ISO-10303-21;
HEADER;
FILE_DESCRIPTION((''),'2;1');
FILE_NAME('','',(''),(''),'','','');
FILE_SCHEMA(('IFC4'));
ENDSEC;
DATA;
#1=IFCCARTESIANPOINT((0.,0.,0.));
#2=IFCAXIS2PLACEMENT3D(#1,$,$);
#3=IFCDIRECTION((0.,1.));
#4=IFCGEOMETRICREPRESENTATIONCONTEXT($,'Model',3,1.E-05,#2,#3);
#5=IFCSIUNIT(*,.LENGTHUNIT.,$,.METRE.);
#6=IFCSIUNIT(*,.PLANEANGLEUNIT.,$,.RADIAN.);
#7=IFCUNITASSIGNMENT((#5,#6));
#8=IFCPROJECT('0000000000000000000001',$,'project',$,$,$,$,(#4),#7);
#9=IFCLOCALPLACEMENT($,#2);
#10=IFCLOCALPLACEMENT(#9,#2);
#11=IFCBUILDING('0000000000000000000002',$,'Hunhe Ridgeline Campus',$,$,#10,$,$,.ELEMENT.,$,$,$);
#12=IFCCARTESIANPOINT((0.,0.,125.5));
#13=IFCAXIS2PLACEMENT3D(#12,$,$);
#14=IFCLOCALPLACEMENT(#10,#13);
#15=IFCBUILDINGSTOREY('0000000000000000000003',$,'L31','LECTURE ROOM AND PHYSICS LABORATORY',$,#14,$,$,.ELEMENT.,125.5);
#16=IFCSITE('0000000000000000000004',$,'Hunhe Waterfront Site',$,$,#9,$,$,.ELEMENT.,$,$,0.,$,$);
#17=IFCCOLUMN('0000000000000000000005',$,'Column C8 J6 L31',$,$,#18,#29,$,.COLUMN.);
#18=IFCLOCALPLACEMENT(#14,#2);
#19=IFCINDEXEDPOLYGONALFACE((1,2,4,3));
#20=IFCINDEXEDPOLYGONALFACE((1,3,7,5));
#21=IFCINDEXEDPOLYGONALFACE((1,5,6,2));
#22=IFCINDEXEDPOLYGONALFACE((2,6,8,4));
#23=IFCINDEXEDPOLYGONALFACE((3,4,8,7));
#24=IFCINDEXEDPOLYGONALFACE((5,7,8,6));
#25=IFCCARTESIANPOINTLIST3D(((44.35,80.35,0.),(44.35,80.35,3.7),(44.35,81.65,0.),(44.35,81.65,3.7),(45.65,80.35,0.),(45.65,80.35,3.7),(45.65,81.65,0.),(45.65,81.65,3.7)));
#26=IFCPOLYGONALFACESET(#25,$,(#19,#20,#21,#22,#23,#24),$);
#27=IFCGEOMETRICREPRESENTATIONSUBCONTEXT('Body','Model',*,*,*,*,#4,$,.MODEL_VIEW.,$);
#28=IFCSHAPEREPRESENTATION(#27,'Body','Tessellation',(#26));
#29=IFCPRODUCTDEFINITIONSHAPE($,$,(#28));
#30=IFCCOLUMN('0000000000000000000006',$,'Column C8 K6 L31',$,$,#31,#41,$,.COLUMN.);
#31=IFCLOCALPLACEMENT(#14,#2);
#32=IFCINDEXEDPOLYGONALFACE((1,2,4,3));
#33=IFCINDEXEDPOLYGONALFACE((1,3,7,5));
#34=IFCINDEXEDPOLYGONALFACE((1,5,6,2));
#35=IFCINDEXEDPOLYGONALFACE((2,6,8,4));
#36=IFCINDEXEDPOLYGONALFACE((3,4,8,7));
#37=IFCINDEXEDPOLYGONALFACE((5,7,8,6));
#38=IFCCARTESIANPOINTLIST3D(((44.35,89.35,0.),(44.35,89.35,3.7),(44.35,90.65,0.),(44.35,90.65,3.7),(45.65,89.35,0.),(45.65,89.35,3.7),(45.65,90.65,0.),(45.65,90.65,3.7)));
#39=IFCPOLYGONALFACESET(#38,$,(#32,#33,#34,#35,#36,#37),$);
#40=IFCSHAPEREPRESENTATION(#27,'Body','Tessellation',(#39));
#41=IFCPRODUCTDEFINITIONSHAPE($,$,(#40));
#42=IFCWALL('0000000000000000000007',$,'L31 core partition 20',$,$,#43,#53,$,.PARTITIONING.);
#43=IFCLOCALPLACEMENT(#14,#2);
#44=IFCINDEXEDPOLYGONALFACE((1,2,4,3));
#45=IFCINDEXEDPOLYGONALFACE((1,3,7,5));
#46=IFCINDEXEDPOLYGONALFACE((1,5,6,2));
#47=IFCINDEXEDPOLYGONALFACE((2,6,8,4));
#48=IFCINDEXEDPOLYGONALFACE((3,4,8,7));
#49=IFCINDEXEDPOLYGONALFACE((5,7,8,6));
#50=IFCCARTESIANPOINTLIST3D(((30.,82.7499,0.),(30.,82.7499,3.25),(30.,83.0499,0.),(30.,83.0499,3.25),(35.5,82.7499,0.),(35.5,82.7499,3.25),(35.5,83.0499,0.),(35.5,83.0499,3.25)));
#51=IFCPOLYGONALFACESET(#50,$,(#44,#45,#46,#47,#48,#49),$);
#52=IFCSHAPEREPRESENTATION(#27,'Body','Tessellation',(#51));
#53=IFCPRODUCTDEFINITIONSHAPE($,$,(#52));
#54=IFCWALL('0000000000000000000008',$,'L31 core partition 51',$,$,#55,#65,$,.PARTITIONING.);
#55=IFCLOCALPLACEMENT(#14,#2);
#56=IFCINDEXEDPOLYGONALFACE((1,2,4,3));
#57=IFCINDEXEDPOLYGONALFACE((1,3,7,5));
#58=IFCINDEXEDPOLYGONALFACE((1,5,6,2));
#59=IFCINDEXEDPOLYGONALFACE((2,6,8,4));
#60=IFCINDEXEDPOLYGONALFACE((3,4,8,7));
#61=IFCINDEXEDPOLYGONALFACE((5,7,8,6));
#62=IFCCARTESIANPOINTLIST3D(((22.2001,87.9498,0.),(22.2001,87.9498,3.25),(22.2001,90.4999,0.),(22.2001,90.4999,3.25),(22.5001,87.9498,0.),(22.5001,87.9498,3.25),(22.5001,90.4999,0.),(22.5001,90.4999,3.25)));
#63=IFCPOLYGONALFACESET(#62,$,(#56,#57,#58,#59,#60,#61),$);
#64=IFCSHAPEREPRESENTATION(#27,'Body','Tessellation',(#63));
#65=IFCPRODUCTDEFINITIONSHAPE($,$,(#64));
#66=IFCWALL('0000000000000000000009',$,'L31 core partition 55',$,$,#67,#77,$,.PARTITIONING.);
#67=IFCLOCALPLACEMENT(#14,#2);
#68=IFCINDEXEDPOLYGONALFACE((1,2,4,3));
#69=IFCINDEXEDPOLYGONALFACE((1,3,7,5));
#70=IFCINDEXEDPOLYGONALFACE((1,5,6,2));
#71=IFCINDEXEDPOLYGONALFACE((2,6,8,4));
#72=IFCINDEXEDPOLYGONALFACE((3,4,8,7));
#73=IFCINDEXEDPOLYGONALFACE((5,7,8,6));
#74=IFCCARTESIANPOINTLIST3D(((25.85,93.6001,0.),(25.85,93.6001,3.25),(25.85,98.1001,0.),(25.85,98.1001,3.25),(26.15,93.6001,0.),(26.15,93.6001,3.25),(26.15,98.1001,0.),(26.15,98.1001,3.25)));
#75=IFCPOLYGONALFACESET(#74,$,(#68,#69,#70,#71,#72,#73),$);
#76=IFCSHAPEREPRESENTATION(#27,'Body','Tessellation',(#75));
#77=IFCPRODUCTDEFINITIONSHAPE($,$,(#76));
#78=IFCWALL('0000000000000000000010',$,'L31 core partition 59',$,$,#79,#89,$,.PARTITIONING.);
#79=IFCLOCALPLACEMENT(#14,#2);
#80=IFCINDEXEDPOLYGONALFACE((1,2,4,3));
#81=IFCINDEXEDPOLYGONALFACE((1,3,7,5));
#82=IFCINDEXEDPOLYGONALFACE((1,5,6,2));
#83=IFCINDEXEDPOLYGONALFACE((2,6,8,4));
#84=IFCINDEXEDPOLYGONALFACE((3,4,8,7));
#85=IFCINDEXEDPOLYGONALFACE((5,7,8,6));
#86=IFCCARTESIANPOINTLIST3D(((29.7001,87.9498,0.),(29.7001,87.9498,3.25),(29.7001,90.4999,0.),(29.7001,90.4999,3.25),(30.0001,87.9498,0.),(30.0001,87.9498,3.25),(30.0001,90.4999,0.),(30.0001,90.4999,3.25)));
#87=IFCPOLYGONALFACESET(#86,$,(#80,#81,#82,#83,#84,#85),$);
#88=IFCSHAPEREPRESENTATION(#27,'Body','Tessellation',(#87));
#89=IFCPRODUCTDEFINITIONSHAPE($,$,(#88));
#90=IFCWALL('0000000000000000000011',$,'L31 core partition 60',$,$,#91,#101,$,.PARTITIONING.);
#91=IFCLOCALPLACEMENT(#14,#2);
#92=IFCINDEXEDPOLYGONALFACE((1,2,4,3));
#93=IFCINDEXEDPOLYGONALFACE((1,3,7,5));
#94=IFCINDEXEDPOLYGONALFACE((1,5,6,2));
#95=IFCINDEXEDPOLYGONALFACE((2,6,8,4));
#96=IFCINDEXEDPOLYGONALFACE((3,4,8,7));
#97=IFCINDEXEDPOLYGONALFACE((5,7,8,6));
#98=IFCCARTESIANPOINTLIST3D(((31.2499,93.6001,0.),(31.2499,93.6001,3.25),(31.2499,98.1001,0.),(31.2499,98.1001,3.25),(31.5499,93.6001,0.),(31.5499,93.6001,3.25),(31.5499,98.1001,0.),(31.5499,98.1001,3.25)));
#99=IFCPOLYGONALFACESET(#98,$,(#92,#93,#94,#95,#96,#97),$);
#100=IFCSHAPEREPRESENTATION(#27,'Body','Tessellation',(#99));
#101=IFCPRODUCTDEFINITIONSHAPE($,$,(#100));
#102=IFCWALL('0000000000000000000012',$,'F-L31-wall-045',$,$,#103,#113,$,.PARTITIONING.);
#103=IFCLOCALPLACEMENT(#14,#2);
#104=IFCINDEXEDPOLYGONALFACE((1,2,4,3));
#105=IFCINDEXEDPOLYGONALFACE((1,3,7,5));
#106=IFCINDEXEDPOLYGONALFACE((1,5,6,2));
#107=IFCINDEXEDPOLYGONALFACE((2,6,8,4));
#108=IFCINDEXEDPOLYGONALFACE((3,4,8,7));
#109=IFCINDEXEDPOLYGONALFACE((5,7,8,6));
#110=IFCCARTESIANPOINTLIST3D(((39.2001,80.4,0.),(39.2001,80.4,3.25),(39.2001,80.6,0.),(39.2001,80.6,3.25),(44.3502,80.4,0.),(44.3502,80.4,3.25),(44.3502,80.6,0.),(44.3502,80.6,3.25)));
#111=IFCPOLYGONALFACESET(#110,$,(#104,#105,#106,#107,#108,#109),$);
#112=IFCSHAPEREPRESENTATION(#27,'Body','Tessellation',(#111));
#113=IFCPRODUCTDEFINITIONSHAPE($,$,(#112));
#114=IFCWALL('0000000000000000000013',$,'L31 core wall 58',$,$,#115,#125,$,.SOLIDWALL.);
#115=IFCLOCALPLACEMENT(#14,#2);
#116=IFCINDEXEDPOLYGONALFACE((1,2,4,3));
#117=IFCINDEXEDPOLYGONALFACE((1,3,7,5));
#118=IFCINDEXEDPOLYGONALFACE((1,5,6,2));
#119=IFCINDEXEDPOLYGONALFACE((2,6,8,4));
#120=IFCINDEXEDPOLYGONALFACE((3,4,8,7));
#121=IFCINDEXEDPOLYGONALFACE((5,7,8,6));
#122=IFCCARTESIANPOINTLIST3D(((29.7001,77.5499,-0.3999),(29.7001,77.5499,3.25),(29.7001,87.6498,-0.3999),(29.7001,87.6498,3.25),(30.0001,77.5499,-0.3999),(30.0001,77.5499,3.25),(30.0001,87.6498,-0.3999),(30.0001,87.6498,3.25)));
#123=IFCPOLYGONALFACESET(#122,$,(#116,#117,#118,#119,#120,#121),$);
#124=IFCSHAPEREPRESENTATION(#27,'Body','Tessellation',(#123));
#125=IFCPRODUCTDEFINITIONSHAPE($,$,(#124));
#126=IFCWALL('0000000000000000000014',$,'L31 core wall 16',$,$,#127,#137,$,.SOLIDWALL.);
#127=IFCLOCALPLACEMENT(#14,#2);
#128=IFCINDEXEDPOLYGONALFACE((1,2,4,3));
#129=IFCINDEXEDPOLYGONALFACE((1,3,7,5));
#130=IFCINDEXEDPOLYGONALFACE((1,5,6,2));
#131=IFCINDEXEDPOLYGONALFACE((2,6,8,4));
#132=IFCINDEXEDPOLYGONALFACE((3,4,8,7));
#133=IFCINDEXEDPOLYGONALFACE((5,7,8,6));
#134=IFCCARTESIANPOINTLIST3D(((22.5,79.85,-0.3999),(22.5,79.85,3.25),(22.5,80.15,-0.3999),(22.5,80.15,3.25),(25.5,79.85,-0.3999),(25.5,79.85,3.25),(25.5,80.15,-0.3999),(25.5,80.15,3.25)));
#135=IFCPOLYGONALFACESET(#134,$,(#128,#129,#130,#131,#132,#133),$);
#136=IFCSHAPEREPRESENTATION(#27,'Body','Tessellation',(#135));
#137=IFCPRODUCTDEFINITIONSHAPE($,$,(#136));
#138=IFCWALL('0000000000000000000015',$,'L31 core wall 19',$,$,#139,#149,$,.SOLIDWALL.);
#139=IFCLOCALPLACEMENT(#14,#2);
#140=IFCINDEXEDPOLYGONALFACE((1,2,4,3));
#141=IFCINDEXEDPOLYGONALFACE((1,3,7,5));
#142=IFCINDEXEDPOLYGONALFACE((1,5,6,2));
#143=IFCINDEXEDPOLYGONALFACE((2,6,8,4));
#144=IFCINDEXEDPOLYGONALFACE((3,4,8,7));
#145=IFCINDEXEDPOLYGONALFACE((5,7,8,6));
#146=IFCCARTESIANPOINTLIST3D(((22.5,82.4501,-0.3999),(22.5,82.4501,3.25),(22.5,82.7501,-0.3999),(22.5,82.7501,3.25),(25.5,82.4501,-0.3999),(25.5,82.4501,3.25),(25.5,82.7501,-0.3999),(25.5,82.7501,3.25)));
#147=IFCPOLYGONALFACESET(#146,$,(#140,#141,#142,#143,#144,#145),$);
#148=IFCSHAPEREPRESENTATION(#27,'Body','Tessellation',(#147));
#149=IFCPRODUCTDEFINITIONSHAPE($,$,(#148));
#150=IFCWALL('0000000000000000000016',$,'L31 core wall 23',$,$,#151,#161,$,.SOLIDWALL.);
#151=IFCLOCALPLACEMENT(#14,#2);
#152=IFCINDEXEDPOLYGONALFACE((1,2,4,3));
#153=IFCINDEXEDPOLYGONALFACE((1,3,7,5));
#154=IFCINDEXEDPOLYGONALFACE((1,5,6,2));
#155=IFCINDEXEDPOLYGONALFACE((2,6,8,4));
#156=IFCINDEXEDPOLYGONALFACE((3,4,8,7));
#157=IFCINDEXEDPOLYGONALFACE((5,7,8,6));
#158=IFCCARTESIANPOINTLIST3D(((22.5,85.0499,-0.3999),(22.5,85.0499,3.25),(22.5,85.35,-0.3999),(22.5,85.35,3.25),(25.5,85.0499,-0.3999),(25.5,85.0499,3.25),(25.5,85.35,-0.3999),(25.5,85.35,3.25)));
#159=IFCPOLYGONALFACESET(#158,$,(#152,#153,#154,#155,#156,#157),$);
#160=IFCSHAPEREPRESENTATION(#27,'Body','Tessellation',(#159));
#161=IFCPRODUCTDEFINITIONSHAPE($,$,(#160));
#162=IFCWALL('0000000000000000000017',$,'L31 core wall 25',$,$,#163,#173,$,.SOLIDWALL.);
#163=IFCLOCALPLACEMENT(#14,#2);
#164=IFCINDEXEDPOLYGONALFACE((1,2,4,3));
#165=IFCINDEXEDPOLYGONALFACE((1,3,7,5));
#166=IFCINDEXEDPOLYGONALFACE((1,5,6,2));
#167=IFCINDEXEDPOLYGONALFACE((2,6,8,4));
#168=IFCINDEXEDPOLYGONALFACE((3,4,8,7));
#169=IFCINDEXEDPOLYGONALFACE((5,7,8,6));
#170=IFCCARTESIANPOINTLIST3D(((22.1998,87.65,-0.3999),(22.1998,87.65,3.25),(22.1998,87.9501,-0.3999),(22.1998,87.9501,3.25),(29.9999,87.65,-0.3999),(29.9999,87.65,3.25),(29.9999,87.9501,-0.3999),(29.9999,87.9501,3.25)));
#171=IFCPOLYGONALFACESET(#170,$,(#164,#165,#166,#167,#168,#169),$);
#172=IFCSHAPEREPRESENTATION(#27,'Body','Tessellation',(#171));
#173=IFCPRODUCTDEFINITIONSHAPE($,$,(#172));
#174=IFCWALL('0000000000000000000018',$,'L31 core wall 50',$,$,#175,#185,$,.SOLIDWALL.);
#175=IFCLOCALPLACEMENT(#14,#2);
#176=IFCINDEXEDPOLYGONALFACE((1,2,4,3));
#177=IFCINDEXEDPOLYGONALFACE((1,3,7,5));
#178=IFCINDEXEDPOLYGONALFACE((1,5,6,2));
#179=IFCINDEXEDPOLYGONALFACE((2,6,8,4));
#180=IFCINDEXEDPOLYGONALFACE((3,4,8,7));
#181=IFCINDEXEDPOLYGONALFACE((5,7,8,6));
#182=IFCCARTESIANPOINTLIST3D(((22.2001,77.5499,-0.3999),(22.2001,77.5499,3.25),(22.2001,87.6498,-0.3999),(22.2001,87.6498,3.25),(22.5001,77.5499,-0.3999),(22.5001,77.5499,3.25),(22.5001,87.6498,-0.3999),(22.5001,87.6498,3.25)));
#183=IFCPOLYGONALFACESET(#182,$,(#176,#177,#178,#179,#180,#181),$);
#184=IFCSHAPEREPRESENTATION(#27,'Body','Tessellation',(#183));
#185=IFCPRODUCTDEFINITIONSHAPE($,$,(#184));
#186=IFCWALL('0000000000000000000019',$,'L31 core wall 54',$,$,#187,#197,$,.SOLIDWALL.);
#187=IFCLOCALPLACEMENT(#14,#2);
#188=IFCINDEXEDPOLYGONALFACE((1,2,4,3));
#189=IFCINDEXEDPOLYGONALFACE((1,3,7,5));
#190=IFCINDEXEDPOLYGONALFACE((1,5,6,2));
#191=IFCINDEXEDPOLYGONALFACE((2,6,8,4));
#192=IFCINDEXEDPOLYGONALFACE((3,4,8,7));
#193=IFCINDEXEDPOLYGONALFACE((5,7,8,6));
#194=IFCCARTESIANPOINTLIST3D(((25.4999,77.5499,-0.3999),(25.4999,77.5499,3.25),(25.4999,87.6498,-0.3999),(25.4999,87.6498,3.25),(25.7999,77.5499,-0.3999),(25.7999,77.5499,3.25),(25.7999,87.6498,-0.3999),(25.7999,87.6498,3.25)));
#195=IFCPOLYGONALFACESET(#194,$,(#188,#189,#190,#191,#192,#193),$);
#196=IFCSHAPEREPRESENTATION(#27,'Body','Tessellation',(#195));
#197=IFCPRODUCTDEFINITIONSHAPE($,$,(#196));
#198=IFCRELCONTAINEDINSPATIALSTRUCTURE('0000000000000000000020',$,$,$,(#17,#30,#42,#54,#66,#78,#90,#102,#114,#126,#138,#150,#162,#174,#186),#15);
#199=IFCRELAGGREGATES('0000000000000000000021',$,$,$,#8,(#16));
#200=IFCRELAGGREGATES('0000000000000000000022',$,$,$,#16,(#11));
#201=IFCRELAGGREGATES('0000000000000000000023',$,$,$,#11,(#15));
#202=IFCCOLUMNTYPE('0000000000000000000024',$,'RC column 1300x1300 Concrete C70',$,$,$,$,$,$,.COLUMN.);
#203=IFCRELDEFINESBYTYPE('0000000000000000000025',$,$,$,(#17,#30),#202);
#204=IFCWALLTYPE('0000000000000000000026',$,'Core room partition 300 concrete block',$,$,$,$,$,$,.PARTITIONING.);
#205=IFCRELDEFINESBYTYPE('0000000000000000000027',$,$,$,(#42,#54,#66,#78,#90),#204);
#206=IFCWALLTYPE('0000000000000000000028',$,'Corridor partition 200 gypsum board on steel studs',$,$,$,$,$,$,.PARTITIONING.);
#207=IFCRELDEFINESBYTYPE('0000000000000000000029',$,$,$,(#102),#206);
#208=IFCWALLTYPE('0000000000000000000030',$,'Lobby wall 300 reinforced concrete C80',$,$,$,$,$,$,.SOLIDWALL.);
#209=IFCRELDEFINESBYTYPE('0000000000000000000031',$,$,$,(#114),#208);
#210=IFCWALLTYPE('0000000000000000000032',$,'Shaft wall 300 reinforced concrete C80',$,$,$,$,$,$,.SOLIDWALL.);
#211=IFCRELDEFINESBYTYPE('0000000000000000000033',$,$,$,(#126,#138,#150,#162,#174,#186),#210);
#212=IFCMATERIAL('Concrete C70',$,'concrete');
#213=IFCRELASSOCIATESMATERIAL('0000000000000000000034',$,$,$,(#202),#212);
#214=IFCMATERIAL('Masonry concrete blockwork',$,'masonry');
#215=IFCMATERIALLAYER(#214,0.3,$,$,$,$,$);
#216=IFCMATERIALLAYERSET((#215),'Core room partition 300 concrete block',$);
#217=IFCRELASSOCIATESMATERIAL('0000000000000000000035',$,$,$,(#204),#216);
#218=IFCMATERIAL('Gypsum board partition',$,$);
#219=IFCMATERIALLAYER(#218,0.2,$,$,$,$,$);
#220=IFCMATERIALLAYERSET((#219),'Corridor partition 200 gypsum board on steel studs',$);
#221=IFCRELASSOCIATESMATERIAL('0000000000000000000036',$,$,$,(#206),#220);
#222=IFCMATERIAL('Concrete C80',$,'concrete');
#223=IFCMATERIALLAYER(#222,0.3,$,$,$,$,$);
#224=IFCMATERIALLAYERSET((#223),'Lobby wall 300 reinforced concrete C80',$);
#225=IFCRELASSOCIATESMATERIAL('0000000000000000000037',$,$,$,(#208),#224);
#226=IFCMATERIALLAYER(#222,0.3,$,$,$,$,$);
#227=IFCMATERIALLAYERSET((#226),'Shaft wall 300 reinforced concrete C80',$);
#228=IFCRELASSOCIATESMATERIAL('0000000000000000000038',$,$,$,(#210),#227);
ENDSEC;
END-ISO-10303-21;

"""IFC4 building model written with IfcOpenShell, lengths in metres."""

from ifc_helpers import new_model, si_unit, direction, frame, frame_2d, origin, origin_2d, place, context, subcontext, project, spatial, rectangle, extrude, material, layer, layer_set, material_profile, profile_set, type_object, element, save


model = new_model("IFC4")

# Units and contexts
model_context = context("Model", 3, precision=1e-05, world=origin(), true_north=direction((0.0, 1.0)))
body_context = subcontext(model_context, "Body", "Model", "MODEL_VIEW")
ifc_project = project(units=[si_unit("LENGTHUNIT", "METRE"), si_unit("PLANEANGLEUNIT", "RADIAN")], contexts=[model_context])

# Site, building, storey
site_placement = place(None, origin())
site = spatial("IfcSite", under=ifc_project, at=site_placement, Name="Hunhe Waterfront Site", CompositionType="ELEMENT", RefElevation=0.0)
building_placement = place(site_placement, origin())
building = spatial("IfcBuilding", under=site, at=building_placement, Name="Hunhe Ridgeline Campus", CompositionType="ELEMENT")
storey_placement = place(building_placement, frame((0.0, 0.0, 125.5)))
storey = spatial("IfcBuildingStorey", under=building, at=storey_placement, Name="L31", Description="LECTURE ROOM AND PHYSICS LABORATORY", CompositionType="ELEMENT", Elevation=125.5)

# Columns
ifc_material_1 = material(Name="Concrete C70", Category="concrete")
ifc_material_profile = material_profile(ifc_material_1, rectangle(XDim=1.3, YDim=1.3, at=origin_2d()))
ifc_profile_set = profile_set([ifc_material_profile], Name="Concrete C70")
column_type = type_object("IfcColumnType", Name="RC column 1300x1300 Concrete C70", PredefinedType="COLUMN", material=ifc_profile_set)
for number, where, z_axis, x_axis, name in (
    (1, (45.0, 81.0, 0.0), (0.0, 0.0, 1.0), (1.0, 0.0, 0.0), "Column C8 J6 L31"),
    (2, (45.0, 90.0, 0.0), (0.0, 0.0, 1.0), (1.0, 0.0, 0.0), "Column C8 K6 L31"),
):
    element("IfcColumn", number, at=place(storey_placement, frame(where, z_axis=z_axis, x_axis=x_axis)), inside=storey, type_object=column_type, Name=name, PredefinedType="COLUMN", context=body_context, shape_type="SweptSolid", body=[
        extrude(rectangle(XDim=1.3, YDim=1.3, at=origin_2d()), origin(), (0.0, 0.0, 1.0), 3.7),
    ])

# Shared definitions
ifc_material_2 = material(Name="Masonry concrete blockwork", Category="masonry")
ifc_layer_1 = layer(ifc_material_2, 0.3)
ifc_layer_set_1 = layer_set([ifc_layer_1], Name="Core room partition 300 concrete block")
wall_type_1 = type_object("IfcWallType", Name="Core room partition 300 concrete block", PredefinedType="PARTITIONING", material=ifc_layer_set_1)

# Walls
wall_1_placement = place(storey_placement, frame((30.0, 82.8999, 0.0), z_axis=(0.0, 0.0, 1.0), x_axis=(1.0, 0.0, 0.0)))
element("IfcWall", 3, at=wall_1_placement, inside=storey, type_object=wall_type_1, Name="L31 core partition 20", PredefinedType="PARTITIONING", context=body_context, shape_type="SweptSolid", body=[
    extrude(rectangle(XDim=5.5, YDim=0.3, at=frame_2d((2.75, 0.0))), origin(), (0.0, 0.0, 1.0), 3.25),
])
wall_2_placement = place(storey_placement, frame((22.3501, 87.95, 0.0), z_axis=(0.0, 0.0, 1.0), x_axis=(0.0, 1.0, 0.0)))
element("IfcWall", 4, at=wall_2_placement, inside=storey, type_object=wall_type_1, Name="L31 core partition 51", PredefinedType="PARTITIONING", context=body_context, shape_type="SweptSolid", body=[
    extrude(rectangle(XDim=2.55, YDim=0.3, at=frame_2d((1.2749, 0.0))), origin(), (0.0, 0.0, 1.0), 3.25),
])
wall_3_placement = place(storey_placement, frame((26.0, 93.6001, 0.0), z_axis=(0.0, 0.0, 1.0), x_axis=(0.0, 1.0, 0.0)))
element("IfcWall", 5, at=wall_3_placement, inside=storey, type_object=wall_type_1, Name="L31 core partition 55", PredefinedType="PARTITIONING", context=body_context, shape_type="SweptSolid", body=[
    extrude(rectangle(XDim=4.5, YDim=0.3, at=frame_2d((2.25, 0.0))), origin(), (0.0, 0.0, 1.0), 3.25),
])
wall_4_placement = place(storey_placement, frame((29.8501, 87.95, 0.0), z_axis=(0.0, 0.0, 1.0), x_axis=(0.0, 1.0, 0.0)))
element("IfcWall", 6, at=wall_4_placement, inside=storey, type_object=wall_type_1, Name="L31 core partition 59", PredefinedType="PARTITIONING", context=body_context, shape_type="SweptSolid", body=[
    extrude(rectangle(XDim=2.55, YDim=0.3, at=frame_2d((1.2749, 0.0))), origin(), (0.0, 0.0, 1.0), 3.25),
])
wall_5_placement = place(storey_placement, frame((31.3999, 93.6001, 0.0), z_axis=(0.0, 0.0, 1.0), x_axis=(0.0, 1.0, 0.0)))
element("IfcWall", 7, at=wall_5_placement, inside=storey, type_object=wall_type_1, Name="L31 core partition 60", PredefinedType="PARTITIONING", context=body_context, shape_type="SweptSolid", body=[
    extrude(rectangle(XDim=4.5, YDim=0.3, at=frame_2d((2.25, 0.0))), origin(), (0.0, 0.0, 1.0), 3.25),
])
ifc_material_3 = material(Name="Gypsum board partition")
ifc_layer_2 = layer(ifc_material_3, 0.2)
ifc_layer_set_2 = layer_set([ifc_layer_2], Name="Corridor partition 200 gypsum board on steel studs")
wall_type_2 = type_object("IfcWallType", Name="Corridor partition 200 gypsum board on steel studs", PredefinedType="PARTITIONING", material=ifc_layer_set_2)
wall_6_placement = place(storey_placement, frame((39.2, 80.5, 0.0), z_axis=(0.0, 0.0, 1.0), x_axis=(1.0, 0.0, 0.0)))
element("IfcWall", 8, at=wall_6_placement, inside=storey, type_object=wall_type_2, Name="F-L31-wall-045", PredefinedType="PARTITIONING", context=body_context, shape_type="SweptSolid", body=[
    extrude(rectangle(XDim=5.1501, YDim=0.2, at=frame_2d((2.5752, 0.0))), origin(), (0.0, 0.0, 1.0), 3.25),
])

# Walls
ifc_material_4 = material(Name="Concrete C80", Category="concrete")
ifc_layer_3 = layer(ifc_material_4, 0.3)
ifc_layer_set_3 = layer_set([ifc_layer_3], Name="Lobby wall 300 reinforced concrete C80")
wall_type_3 = type_object("IfcWallType", Name="Lobby wall 300 reinforced concrete C80", PredefinedType="SOLIDWALL", material=ifc_layer_set_3)
wall_7_placement = place(storey_placement, frame((29.8501, 77.55, -0.3999), z_axis=(0.0, 0.0, 1.0), x_axis=(0.0, 1.0, 0.0)))
element("IfcWall", 9, at=wall_7_placement, inside=storey, type_object=wall_type_3, Name="L31 core wall 58", PredefinedType="SOLIDWALL", context=body_context, shape_type="SweptSolid", body=[
    extrude(rectangle(XDim=10.0999, YDim=0.3, at=frame_2d((5.0498, 0.0))), origin(), (0.0, 0.0, 1.0), 3.6499),
])
ifc_layer_4 = layer(ifc_material_4, 0.3)
ifc_layer_set_4 = layer_set([ifc_layer_4], Name="Shaft wall 300 reinforced concrete C80")
wall_type_4 = type_object("IfcWallType", Name="Shaft wall 300 reinforced concrete C80", PredefinedType="SOLIDWALL", material=ifc_layer_set_4)
for number, where, z_axis, x_axis, name in (
    (10, (22.5, 80.0, -0.3999), (0.0, 0.0, 1.0), (1.0, 0.0, 0.0), "L31 core wall 16"),
    (11, (22.5, 82.6001, -0.3999), (0.0, 0.0, 1.0), (1.0, 0.0, 0.0), "L31 core wall 19"),
    (12, (22.5, 85.2, -0.3999), (0.0, 0.0, 1.0), (1.0, 0.0, 0.0), "L31 core wall 23"),
):
    element("IfcWall", number, at=place(storey_placement, frame(where, z_axis=z_axis, x_axis=x_axis)), inside=storey, type_object=wall_type_4, Name=name, PredefinedType="SOLIDWALL", context=body_context, shape_type="SweptSolid", body=[
        extrude(rectangle(XDim=3.0, YDim=0.3, at=frame_2d((1.5, 0.0))), origin(), (0.0, 0.0, 1.0), 3.6499),
    ])
wall_8_placement = place(storey_placement, frame((22.2, 87.8, -0.3999), z_axis=(0.0, 0.0, 1.0), x_axis=(1.0, 0.0, 0.0)))
element("IfcWall", 13, at=wall_8_placement, inside=storey, type_object=wall_type_4, Name="L31 core wall 25", PredefinedType="SOLIDWALL", context=body_context, shape_type="SweptSolid", body=[
    extrude(rectangle(XDim=7.8, YDim=0.3, at=frame_2d((3.8999, 0.0))), origin(), (0.0, 0.0, 1.0), 3.6499),
])
for number, where, z_axis, x_axis, name in (
    (14, (22.3501, 77.55, -0.3999), (0.0, 0.0, 1.0), (0.0, 1.0, 0.0), "L31 core wall 50"),
    (15, (25.6499, 77.55, -0.3999), (0.0, 0.0, 1.0), (0.0, 1.0, 0.0), "L31 core wall 54"),
):
    element("IfcWall", number, at=place(storey_placement, frame(where, z_axis=z_axis, x_axis=x_axis)), inside=storey, type_object=wall_type_4, Name=name, PredefinedType="SOLIDWALL", context=body_context, shape_type="SweptSolid", body=[
        extrude(rectangle(XDim=10.0999, YDim=0.3, at=frame_2d((5.0498, 0.0))), origin(), (0.0, 0.0, 1.0), 3.6499),
    ])

save(model, "model.ifc")
